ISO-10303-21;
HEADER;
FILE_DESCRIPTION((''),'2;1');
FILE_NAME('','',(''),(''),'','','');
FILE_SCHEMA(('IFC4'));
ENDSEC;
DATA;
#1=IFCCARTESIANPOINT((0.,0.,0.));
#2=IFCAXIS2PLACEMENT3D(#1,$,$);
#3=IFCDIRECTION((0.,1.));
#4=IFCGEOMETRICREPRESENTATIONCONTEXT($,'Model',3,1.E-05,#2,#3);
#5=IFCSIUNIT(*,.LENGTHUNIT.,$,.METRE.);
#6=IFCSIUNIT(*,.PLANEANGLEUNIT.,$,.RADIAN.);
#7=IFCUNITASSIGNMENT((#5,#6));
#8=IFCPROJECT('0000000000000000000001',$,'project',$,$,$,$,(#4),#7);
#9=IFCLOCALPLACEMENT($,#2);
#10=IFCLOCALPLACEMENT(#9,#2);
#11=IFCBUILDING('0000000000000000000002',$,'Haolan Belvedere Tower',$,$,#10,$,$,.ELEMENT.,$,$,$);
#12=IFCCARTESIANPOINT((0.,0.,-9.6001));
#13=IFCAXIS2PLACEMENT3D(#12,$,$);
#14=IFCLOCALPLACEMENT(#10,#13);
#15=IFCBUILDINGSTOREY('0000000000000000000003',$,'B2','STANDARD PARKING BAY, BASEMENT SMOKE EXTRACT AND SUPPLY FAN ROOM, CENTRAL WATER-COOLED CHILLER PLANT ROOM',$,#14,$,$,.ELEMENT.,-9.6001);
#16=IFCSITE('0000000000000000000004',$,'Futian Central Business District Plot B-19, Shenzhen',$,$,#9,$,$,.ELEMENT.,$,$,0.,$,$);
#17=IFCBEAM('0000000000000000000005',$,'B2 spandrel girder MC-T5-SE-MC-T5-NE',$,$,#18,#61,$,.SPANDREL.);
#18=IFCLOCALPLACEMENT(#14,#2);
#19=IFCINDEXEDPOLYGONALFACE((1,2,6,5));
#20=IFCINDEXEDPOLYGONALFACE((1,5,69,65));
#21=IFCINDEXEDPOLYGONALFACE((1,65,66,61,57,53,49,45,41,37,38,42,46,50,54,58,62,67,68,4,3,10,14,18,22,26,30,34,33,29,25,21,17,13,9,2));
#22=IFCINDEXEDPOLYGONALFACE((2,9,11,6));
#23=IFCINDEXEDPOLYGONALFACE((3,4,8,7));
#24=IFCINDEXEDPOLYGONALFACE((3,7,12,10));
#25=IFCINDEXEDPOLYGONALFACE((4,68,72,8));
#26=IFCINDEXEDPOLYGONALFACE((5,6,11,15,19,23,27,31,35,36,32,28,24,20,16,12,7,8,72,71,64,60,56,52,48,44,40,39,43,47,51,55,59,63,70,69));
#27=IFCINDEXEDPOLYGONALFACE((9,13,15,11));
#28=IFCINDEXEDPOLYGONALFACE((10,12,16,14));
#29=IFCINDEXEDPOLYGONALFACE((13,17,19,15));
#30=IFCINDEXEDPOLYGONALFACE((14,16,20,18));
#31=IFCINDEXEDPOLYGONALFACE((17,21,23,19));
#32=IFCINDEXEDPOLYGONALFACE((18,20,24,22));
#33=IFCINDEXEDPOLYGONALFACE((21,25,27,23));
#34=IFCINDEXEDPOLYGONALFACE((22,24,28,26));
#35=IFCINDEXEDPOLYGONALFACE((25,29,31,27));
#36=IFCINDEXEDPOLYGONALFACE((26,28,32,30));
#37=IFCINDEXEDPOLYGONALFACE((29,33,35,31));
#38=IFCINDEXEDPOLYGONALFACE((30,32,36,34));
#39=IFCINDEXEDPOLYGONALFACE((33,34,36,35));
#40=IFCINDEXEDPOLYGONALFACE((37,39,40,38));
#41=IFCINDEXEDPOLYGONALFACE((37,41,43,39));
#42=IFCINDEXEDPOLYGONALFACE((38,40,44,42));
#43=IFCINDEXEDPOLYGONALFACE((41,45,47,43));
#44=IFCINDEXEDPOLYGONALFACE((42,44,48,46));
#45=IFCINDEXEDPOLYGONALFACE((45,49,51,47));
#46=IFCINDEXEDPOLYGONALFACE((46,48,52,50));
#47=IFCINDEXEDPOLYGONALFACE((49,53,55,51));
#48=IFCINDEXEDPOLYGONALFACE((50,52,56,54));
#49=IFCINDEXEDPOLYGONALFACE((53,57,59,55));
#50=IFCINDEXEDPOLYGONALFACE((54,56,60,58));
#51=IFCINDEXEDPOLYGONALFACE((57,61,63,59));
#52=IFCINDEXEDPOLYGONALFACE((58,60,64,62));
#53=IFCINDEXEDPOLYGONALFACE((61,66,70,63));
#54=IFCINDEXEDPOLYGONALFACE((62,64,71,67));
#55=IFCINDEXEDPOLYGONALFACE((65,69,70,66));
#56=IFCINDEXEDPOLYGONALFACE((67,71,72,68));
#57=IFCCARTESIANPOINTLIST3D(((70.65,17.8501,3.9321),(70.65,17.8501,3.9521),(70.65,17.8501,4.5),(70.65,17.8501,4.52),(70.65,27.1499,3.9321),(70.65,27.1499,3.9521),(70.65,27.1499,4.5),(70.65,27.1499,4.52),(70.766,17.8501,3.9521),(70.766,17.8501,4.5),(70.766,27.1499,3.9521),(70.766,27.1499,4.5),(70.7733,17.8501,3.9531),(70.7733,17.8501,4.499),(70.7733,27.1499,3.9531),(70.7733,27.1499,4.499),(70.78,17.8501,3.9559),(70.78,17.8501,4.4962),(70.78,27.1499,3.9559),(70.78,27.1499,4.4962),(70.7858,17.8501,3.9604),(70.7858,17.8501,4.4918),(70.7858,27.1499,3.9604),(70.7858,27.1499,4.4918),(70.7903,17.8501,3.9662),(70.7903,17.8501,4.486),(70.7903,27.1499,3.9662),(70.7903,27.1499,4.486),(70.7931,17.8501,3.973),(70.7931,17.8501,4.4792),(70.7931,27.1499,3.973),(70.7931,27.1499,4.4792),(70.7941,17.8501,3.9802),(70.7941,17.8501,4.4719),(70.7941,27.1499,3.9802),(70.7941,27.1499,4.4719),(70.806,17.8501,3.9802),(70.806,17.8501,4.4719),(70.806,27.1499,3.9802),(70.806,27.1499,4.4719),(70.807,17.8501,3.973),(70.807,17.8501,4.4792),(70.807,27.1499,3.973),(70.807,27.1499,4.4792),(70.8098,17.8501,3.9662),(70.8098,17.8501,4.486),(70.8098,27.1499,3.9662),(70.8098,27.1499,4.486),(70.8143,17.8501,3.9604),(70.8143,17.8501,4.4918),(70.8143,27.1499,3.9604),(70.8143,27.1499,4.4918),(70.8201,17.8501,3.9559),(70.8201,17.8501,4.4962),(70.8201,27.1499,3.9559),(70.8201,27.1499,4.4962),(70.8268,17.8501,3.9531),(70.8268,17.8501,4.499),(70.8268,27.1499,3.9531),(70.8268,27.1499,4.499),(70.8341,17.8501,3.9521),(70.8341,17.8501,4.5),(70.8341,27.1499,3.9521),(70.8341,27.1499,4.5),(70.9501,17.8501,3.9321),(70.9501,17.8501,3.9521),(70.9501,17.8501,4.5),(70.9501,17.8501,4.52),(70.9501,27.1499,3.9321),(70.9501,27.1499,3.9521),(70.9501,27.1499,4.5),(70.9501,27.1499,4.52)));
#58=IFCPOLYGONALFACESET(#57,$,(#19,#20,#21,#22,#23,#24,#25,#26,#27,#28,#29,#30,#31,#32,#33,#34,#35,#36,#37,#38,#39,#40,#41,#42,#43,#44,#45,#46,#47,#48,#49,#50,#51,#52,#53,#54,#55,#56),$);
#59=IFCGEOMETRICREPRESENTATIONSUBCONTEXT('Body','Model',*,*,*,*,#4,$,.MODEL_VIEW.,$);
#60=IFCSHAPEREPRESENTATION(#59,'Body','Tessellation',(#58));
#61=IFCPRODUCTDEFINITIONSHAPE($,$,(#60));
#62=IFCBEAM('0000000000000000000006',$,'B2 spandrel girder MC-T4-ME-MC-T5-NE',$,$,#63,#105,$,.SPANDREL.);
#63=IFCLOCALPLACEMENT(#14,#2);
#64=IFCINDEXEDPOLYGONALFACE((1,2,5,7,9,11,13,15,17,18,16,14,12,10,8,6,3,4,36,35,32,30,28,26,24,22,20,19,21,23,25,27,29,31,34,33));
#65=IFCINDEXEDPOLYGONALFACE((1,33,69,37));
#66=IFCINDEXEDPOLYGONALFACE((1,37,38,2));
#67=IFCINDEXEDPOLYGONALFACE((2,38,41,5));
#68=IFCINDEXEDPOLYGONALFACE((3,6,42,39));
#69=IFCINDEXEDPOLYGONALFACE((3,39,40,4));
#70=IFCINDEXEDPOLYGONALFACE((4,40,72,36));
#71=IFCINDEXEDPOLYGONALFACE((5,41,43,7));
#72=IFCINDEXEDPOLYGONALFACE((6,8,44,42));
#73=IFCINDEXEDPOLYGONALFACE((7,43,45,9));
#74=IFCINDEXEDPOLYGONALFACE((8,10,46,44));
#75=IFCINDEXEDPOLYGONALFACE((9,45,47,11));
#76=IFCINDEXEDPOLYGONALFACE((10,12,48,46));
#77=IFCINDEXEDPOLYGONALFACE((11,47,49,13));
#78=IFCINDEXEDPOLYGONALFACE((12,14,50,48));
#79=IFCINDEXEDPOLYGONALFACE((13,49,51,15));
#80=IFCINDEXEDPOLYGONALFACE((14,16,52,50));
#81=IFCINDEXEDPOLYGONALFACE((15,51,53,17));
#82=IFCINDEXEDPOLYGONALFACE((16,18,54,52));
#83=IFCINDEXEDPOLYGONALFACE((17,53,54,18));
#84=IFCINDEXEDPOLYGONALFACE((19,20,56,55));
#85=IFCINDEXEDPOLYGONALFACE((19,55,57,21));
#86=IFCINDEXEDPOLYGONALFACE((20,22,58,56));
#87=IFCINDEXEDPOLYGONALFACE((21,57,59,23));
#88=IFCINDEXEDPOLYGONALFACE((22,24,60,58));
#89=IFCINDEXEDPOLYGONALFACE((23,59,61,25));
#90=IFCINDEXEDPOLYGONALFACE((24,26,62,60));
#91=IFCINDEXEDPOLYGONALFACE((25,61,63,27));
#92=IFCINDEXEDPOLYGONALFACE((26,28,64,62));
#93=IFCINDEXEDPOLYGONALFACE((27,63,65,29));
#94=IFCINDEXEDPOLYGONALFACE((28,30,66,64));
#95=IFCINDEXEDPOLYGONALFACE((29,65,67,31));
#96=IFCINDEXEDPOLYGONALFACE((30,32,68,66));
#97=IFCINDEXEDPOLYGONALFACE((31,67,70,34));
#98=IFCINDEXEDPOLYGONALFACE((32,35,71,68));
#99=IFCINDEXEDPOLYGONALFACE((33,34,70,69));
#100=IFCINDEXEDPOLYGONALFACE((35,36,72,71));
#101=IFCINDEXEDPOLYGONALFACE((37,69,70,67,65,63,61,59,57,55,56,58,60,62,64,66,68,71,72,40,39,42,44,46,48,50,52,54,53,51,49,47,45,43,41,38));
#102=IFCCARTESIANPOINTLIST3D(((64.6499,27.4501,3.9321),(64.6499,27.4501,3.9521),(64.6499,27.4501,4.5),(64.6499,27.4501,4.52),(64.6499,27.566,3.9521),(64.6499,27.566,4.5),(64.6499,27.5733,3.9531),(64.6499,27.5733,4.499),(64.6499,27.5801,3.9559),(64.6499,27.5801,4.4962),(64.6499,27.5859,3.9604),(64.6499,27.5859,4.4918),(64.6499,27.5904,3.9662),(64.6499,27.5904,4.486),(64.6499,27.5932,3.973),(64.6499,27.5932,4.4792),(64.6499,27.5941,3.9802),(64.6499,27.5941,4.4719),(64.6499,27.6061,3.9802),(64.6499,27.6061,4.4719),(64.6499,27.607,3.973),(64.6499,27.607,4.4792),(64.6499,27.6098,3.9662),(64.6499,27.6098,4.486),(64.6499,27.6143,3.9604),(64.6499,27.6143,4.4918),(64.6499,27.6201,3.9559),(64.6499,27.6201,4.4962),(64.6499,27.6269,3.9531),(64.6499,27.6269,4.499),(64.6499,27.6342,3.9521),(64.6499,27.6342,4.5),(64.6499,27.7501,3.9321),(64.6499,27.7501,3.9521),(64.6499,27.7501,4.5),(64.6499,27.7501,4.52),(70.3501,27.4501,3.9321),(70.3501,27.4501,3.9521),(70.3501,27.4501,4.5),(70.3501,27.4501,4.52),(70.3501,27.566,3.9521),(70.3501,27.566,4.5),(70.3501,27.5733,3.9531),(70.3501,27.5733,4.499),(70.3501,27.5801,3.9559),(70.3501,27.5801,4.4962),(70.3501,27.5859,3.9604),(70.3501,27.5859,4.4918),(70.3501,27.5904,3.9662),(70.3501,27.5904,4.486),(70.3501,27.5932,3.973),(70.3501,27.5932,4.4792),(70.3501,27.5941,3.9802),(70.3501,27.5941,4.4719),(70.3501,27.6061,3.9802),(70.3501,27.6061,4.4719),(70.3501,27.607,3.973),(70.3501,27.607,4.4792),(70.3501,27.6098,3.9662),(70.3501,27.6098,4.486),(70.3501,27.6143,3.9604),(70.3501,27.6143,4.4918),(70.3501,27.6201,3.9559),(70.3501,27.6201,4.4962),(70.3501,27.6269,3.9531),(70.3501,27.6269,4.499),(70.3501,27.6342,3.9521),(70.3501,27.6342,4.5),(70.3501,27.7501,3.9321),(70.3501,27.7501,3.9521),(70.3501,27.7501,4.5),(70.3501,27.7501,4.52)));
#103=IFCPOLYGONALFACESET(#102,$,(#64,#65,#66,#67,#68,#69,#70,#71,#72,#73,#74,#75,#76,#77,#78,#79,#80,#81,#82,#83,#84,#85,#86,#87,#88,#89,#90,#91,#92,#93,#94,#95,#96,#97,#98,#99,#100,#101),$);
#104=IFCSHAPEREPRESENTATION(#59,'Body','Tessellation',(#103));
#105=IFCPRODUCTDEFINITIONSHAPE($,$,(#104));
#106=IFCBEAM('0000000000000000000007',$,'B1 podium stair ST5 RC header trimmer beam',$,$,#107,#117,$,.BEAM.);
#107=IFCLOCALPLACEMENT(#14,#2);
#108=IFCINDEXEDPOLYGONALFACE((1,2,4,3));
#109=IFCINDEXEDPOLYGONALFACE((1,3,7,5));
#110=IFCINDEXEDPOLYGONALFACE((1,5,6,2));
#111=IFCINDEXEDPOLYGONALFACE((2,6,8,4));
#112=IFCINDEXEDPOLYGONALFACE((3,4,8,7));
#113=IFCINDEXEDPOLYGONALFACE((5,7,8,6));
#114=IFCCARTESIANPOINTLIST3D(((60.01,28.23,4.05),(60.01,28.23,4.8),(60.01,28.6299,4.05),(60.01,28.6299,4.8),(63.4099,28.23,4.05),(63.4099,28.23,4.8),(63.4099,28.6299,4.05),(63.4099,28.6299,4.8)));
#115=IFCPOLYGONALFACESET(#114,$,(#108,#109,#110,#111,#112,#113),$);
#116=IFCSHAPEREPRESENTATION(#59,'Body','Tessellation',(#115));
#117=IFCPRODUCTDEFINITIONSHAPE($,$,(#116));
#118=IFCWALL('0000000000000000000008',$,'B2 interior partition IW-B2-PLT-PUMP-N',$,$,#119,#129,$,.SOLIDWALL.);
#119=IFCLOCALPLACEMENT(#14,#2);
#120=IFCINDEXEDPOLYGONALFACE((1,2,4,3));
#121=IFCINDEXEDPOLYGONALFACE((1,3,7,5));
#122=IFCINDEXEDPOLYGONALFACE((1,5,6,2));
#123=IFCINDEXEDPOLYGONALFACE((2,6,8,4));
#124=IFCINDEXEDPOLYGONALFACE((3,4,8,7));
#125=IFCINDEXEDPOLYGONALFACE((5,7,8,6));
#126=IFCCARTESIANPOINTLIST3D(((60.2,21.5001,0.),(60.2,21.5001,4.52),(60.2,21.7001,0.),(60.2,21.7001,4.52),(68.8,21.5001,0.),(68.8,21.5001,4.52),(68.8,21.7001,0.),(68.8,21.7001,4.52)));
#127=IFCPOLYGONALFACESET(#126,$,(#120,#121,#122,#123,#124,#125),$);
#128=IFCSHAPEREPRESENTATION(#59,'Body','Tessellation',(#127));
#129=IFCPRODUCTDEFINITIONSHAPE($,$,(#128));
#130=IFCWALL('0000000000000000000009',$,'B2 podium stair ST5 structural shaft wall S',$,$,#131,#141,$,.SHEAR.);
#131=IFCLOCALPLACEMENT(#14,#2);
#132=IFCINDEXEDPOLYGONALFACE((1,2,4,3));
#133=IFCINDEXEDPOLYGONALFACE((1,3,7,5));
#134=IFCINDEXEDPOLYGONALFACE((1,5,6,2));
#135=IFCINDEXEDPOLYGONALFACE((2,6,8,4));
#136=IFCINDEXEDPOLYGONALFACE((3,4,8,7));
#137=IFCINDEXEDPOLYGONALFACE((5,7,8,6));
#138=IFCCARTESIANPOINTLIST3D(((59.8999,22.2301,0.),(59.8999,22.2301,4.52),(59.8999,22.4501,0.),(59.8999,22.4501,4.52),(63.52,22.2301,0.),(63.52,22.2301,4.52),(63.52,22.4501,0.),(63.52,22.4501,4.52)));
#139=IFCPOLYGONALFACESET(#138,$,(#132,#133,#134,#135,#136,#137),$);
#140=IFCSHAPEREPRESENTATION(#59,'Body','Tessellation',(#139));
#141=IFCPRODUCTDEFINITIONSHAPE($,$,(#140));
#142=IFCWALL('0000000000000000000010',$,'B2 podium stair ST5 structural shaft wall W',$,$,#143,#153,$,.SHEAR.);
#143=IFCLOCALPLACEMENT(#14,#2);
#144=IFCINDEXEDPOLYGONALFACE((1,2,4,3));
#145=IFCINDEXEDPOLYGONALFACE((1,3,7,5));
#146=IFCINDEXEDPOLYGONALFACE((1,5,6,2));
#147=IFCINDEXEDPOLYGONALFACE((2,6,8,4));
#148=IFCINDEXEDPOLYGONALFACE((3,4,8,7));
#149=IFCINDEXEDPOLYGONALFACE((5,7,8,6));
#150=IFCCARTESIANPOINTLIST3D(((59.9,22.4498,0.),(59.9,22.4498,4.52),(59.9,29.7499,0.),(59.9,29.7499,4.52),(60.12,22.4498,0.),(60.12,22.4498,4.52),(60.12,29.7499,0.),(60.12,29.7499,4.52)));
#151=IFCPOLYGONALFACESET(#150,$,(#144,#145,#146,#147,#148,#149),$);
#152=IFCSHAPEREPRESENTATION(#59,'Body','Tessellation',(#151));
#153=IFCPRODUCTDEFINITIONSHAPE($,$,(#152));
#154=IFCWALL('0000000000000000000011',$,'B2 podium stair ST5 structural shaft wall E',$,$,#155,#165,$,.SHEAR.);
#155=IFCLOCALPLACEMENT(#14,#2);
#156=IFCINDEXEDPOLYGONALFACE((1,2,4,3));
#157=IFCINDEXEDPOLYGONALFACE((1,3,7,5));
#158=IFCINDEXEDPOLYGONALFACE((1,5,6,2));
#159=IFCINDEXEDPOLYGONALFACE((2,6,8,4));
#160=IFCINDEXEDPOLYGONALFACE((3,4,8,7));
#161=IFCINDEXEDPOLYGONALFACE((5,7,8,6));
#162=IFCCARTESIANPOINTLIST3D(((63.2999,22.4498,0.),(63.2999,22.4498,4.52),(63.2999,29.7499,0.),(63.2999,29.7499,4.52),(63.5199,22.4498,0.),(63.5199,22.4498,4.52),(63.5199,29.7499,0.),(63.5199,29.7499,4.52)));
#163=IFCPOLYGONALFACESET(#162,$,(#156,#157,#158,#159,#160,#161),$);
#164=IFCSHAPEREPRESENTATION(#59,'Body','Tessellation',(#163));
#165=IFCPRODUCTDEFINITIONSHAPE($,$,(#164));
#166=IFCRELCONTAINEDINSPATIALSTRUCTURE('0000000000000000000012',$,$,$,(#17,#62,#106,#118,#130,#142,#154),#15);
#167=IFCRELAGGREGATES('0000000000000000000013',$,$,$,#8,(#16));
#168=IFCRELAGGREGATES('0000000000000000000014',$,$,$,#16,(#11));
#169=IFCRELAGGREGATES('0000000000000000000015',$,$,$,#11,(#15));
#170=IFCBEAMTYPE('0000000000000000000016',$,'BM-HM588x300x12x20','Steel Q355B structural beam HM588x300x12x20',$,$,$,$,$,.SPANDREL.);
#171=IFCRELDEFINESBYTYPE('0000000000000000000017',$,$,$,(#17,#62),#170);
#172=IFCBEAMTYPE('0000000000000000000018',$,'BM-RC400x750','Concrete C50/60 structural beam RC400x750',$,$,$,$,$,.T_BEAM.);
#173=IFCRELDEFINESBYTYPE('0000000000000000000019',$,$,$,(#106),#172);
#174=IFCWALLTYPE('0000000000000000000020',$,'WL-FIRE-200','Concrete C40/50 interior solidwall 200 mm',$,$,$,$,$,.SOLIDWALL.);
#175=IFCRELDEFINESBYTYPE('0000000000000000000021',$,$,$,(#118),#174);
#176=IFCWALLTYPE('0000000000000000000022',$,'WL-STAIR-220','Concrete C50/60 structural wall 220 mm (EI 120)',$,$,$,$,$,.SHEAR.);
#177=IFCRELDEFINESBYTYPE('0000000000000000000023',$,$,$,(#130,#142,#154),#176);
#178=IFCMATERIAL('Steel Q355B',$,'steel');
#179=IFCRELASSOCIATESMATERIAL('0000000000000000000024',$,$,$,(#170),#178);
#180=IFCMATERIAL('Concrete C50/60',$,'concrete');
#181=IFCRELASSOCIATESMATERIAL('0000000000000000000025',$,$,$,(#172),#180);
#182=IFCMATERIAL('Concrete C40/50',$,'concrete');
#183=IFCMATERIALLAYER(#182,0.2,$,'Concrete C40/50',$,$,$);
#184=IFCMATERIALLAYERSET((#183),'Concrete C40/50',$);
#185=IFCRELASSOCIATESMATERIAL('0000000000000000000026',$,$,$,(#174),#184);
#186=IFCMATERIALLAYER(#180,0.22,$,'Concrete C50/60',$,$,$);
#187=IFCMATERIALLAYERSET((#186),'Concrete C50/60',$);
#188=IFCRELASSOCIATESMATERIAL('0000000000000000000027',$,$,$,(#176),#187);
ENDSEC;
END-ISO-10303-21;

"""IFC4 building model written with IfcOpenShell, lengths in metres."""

from ifc_helpers import new_model, si_unit, direction, frame, frame_2d, origin, origin_2d, place, context, subcontext, project, spatial, rectangle, i_section, extrude, material, layer, layer_set, material_profile, profile_set, type_object, element, save


model = new_model("IFC4")

# Units and contexts
model_context = context("Model", 3, precision=1e-05, world=origin(), true_north=direction((0.0, 1.0)))
body_context = subcontext(model_context, "Body", "Model", "MODEL_VIEW")
ifc_project = project(units=[si_unit("LENGTHUNIT", "METRE"), si_unit("PLANEANGLEUNIT", "RADIAN")], contexts=[model_context])

# Site, building, storey
site_placement = place(None, origin())
site = spatial("IfcSite", under=ifc_project, at=site_placement, Name="Futian Central Business District Plot B-19, Shenzhen", CompositionType="ELEMENT", RefElevation=0.0)
building_placement = place(site_placement, origin())
building = spatial("IfcBuilding", under=site, at=building_placement, Name="Haolan Belvedere Tower", CompositionType="ELEMENT")
storey_placement = place(building_placement, frame((0.0, 0.0, -9.6001)))
storey = spatial("IfcBuildingStorey", under=building, at=storey_placement, Name="B2", Description="STANDARD PARKING BAY, BASEMENT SMOKE EXTRACT AND SUPPLY FAN ROOM, CENTRAL WATER-COOLED CHILLER PLANT ROOM", CompositionType="ELEMENT", Elevation=-9.6001)

# Shared definitions
ifc_material_1 = material(Name="Steel Q355B", Category="steel")

# Beams
ifc_material_profile_1 = material_profile(ifc_material_1, i_section(OverallWidth=0.3, OverallDepth=0.5879, WebThickness=0.012, FlangeThickness=0.02, FilletRadius=0.0281, at=origin_2d()), Name="Steel Q355B")
ifc_profile_set_1 = profile_set([ifc_material_profile_1], Name="Steel Q355B")
beam_type_1 = type_object("IfcBeamType", Name="BM-HM588x300x12x20", Description="Steel Q355B structural beam HM588x300x12x20", PredefinedType="SPANDREL", material=ifc_profile_set_1)
beam_1_placement = place(storey_placement, frame((70.8, 17.8501, 4.2261), z_axis=(0.0, 1.0, 0.0), x_axis=(-1.0, 0.0, 0.0)))
element("IfcBeam", 1, at=beam_1_placement, inside=storey, type_object=beam_type_1, Name="B2 spandrel girder MC-T5-SE-MC-T5-NE", PredefinedType="SPANDREL", context=body_context, shape_type="SweptSolid", body=[
    extrude(i_section(OverallWidth=0.3, OverallDepth=0.5879, WebThickness=0.012, FlangeThickness=0.02, FilletRadius=0.0281, at=origin_2d()), origin(), (0.0, 0.0, 1.0), 9.2998),
])
beam_2_placement = place(storey_placement, frame((64.6499, 27.6001, 4.2261), z_axis=(1.0, 0.0, 0.0), x_axis=(0.0, 1.0, 0.0)))
element("IfcBeam", 2, at=beam_2_placement, inside=storey, type_object=beam_type_1, Name="B2 spandrel girder MC-T4-ME-MC-T5-NE", PredefinedType="SPANDREL", context=body_context, shape_type="SweptSolid", body=[
    extrude(i_section(OverallWidth=0.3, OverallDepth=0.5879, WebThickness=0.012, FlangeThickness=0.02, FilletRadius=0.0281, at=origin_2d()), origin(), (0.0, 0.0, 1.0), 5.7002),
])
ifc_material_2 = material(Name="Concrete C50/60", Category="concrete")
ifc_material_profile_2 = material_profile(ifc_material_2, rectangle(XDim=0.3999, YDim=0.75, at=origin_2d()), Name="Concrete C50/60")
ifc_profile_set_2 = profile_set([ifc_material_profile_2], Name="Concrete C50/60")
beam_type_2 = type_object("IfcBeamType", Name="BM-RC400x750", Description="Concrete C50/60 structural beam RC400x750", PredefinedType="T_BEAM", material=ifc_profile_set_2)
beam_3_placement = place(storey_placement, frame((60.01, 28.4299, 4.425), z_axis=(1.0, 0.0, 0.0), x_axis=(0.0, 1.0, 0.0)))
element("IfcBeam", 3, at=beam_3_placement, inside=storey, type_object=beam_type_2, Name="B1 podium stair ST5 RC header trimmer beam", PredefinedType="BEAM", context=body_context, shape_type="SweptSolid", body=[
    extrude(rectangle(XDim=0.3999, YDim=0.75, at=origin_2d()), origin(), (0.0, 0.0, 1.0), 3.3999),
])

# Wall
ifc_material_3 = material(Name="Concrete C40/50", Category="concrete")
ifc_layer_1 = layer(ifc_material_3, 0.2, Name="Concrete C40/50")
ifc_layer_set_1 = layer_set([ifc_layer_1], Name="Concrete C40/50")
wall_type_1 = type_object("IfcWallType", Name="WL-FIRE-200", Description="Concrete C40/50 interior solidwall 200 mm", PredefinedType="SOLIDWALL", material=ifc_layer_set_1)
wall_1_placement = place(storey_placement, frame((60.2, 21.6001, 0.0), z_axis=(0.0, 0.0, 1.0), x_axis=(1.0, 0.0, 0.0)))
element("IfcWall", 4, at=wall_1_placement, inside=storey, type_object=wall_type_1, Name="B2 interior partition IW-B2-PLT-PUMP-N", PredefinedType="SOLIDWALL", context=body_context, shape_type="SweptSolid", body=[
    extrude(rectangle(XDim=8.6001, YDim=0.2, at=frame_2d((4.3, 0.0))), origin(), (0.0, 0.0, 1.0), 4.52),
])

# Shared definitions
ifc_layer_2 = layer(ifc_material_2, 0.22, Name="Concrete C50/60")
ifc_layer_set_2 = layer_set([ifc_layer_2], Name="Concrete C50/60")
wall_type_2 = type_object("IfcWallType", Name="WL-STAIR-220", Description="Concrete C50/60 structural wall 220 mm (EI 120)", PredefinedType="SHEAR", material=ifc_layer_set_2)

# Walls
wall_2_placement = place(storey_placement, frame((59.8999, 22.3401, 0.0), z_axis=(0.0, 0.0, 1.0), x_axis=(1.0, 0.0, 0.0)))
element("IfcWall", 5, at=wall_2_placement, inside=storey, type_object=wall_type_2, Name="B2 podium stair ST5 structural shaft wall S", PredefinedType="SHEAR", context=body_context, shape_type="SweptSolid", body=[
    extrude(rectangle(XDim=3.6201, YDim=0.22, at=frame_2d((1.8101, 0.0))), origin(), (0.0, 0.0, 1.0), 4.52),
])
for number, where, z_axis, x_axis, name in (
    (6, (60.01, 22.45, 0.0), (0.0, 0.0, 1.0), (0.0, 1.0, 0.0), "B2 podium stair ST5 structural shaft wall W"),
    (7, (63.4099, 22.45, 0.0), (0.0, 0.0, 1.0), (0.0, 1.0, 0.0), "B2 podium stair ST5 structural shaft wall E"),
):
    element("IfcWall", number, at=place(storey_placement, frame(where, z_axis=z_axis, x_axis=x_axis)), inside=storey, type_object=wall_type_2, Name=name, PredefinedType="SHEAR", context=body_context, shape_type="SweptSolid", body=[
        extrude(rectangle(XDim=7.3, YDim=0.22, at=frame_2d((3.6499, 0.0))), origin(), (0.0, 0.0, 1.0), 4.52),
    ])

save(model, "model.ifc")
